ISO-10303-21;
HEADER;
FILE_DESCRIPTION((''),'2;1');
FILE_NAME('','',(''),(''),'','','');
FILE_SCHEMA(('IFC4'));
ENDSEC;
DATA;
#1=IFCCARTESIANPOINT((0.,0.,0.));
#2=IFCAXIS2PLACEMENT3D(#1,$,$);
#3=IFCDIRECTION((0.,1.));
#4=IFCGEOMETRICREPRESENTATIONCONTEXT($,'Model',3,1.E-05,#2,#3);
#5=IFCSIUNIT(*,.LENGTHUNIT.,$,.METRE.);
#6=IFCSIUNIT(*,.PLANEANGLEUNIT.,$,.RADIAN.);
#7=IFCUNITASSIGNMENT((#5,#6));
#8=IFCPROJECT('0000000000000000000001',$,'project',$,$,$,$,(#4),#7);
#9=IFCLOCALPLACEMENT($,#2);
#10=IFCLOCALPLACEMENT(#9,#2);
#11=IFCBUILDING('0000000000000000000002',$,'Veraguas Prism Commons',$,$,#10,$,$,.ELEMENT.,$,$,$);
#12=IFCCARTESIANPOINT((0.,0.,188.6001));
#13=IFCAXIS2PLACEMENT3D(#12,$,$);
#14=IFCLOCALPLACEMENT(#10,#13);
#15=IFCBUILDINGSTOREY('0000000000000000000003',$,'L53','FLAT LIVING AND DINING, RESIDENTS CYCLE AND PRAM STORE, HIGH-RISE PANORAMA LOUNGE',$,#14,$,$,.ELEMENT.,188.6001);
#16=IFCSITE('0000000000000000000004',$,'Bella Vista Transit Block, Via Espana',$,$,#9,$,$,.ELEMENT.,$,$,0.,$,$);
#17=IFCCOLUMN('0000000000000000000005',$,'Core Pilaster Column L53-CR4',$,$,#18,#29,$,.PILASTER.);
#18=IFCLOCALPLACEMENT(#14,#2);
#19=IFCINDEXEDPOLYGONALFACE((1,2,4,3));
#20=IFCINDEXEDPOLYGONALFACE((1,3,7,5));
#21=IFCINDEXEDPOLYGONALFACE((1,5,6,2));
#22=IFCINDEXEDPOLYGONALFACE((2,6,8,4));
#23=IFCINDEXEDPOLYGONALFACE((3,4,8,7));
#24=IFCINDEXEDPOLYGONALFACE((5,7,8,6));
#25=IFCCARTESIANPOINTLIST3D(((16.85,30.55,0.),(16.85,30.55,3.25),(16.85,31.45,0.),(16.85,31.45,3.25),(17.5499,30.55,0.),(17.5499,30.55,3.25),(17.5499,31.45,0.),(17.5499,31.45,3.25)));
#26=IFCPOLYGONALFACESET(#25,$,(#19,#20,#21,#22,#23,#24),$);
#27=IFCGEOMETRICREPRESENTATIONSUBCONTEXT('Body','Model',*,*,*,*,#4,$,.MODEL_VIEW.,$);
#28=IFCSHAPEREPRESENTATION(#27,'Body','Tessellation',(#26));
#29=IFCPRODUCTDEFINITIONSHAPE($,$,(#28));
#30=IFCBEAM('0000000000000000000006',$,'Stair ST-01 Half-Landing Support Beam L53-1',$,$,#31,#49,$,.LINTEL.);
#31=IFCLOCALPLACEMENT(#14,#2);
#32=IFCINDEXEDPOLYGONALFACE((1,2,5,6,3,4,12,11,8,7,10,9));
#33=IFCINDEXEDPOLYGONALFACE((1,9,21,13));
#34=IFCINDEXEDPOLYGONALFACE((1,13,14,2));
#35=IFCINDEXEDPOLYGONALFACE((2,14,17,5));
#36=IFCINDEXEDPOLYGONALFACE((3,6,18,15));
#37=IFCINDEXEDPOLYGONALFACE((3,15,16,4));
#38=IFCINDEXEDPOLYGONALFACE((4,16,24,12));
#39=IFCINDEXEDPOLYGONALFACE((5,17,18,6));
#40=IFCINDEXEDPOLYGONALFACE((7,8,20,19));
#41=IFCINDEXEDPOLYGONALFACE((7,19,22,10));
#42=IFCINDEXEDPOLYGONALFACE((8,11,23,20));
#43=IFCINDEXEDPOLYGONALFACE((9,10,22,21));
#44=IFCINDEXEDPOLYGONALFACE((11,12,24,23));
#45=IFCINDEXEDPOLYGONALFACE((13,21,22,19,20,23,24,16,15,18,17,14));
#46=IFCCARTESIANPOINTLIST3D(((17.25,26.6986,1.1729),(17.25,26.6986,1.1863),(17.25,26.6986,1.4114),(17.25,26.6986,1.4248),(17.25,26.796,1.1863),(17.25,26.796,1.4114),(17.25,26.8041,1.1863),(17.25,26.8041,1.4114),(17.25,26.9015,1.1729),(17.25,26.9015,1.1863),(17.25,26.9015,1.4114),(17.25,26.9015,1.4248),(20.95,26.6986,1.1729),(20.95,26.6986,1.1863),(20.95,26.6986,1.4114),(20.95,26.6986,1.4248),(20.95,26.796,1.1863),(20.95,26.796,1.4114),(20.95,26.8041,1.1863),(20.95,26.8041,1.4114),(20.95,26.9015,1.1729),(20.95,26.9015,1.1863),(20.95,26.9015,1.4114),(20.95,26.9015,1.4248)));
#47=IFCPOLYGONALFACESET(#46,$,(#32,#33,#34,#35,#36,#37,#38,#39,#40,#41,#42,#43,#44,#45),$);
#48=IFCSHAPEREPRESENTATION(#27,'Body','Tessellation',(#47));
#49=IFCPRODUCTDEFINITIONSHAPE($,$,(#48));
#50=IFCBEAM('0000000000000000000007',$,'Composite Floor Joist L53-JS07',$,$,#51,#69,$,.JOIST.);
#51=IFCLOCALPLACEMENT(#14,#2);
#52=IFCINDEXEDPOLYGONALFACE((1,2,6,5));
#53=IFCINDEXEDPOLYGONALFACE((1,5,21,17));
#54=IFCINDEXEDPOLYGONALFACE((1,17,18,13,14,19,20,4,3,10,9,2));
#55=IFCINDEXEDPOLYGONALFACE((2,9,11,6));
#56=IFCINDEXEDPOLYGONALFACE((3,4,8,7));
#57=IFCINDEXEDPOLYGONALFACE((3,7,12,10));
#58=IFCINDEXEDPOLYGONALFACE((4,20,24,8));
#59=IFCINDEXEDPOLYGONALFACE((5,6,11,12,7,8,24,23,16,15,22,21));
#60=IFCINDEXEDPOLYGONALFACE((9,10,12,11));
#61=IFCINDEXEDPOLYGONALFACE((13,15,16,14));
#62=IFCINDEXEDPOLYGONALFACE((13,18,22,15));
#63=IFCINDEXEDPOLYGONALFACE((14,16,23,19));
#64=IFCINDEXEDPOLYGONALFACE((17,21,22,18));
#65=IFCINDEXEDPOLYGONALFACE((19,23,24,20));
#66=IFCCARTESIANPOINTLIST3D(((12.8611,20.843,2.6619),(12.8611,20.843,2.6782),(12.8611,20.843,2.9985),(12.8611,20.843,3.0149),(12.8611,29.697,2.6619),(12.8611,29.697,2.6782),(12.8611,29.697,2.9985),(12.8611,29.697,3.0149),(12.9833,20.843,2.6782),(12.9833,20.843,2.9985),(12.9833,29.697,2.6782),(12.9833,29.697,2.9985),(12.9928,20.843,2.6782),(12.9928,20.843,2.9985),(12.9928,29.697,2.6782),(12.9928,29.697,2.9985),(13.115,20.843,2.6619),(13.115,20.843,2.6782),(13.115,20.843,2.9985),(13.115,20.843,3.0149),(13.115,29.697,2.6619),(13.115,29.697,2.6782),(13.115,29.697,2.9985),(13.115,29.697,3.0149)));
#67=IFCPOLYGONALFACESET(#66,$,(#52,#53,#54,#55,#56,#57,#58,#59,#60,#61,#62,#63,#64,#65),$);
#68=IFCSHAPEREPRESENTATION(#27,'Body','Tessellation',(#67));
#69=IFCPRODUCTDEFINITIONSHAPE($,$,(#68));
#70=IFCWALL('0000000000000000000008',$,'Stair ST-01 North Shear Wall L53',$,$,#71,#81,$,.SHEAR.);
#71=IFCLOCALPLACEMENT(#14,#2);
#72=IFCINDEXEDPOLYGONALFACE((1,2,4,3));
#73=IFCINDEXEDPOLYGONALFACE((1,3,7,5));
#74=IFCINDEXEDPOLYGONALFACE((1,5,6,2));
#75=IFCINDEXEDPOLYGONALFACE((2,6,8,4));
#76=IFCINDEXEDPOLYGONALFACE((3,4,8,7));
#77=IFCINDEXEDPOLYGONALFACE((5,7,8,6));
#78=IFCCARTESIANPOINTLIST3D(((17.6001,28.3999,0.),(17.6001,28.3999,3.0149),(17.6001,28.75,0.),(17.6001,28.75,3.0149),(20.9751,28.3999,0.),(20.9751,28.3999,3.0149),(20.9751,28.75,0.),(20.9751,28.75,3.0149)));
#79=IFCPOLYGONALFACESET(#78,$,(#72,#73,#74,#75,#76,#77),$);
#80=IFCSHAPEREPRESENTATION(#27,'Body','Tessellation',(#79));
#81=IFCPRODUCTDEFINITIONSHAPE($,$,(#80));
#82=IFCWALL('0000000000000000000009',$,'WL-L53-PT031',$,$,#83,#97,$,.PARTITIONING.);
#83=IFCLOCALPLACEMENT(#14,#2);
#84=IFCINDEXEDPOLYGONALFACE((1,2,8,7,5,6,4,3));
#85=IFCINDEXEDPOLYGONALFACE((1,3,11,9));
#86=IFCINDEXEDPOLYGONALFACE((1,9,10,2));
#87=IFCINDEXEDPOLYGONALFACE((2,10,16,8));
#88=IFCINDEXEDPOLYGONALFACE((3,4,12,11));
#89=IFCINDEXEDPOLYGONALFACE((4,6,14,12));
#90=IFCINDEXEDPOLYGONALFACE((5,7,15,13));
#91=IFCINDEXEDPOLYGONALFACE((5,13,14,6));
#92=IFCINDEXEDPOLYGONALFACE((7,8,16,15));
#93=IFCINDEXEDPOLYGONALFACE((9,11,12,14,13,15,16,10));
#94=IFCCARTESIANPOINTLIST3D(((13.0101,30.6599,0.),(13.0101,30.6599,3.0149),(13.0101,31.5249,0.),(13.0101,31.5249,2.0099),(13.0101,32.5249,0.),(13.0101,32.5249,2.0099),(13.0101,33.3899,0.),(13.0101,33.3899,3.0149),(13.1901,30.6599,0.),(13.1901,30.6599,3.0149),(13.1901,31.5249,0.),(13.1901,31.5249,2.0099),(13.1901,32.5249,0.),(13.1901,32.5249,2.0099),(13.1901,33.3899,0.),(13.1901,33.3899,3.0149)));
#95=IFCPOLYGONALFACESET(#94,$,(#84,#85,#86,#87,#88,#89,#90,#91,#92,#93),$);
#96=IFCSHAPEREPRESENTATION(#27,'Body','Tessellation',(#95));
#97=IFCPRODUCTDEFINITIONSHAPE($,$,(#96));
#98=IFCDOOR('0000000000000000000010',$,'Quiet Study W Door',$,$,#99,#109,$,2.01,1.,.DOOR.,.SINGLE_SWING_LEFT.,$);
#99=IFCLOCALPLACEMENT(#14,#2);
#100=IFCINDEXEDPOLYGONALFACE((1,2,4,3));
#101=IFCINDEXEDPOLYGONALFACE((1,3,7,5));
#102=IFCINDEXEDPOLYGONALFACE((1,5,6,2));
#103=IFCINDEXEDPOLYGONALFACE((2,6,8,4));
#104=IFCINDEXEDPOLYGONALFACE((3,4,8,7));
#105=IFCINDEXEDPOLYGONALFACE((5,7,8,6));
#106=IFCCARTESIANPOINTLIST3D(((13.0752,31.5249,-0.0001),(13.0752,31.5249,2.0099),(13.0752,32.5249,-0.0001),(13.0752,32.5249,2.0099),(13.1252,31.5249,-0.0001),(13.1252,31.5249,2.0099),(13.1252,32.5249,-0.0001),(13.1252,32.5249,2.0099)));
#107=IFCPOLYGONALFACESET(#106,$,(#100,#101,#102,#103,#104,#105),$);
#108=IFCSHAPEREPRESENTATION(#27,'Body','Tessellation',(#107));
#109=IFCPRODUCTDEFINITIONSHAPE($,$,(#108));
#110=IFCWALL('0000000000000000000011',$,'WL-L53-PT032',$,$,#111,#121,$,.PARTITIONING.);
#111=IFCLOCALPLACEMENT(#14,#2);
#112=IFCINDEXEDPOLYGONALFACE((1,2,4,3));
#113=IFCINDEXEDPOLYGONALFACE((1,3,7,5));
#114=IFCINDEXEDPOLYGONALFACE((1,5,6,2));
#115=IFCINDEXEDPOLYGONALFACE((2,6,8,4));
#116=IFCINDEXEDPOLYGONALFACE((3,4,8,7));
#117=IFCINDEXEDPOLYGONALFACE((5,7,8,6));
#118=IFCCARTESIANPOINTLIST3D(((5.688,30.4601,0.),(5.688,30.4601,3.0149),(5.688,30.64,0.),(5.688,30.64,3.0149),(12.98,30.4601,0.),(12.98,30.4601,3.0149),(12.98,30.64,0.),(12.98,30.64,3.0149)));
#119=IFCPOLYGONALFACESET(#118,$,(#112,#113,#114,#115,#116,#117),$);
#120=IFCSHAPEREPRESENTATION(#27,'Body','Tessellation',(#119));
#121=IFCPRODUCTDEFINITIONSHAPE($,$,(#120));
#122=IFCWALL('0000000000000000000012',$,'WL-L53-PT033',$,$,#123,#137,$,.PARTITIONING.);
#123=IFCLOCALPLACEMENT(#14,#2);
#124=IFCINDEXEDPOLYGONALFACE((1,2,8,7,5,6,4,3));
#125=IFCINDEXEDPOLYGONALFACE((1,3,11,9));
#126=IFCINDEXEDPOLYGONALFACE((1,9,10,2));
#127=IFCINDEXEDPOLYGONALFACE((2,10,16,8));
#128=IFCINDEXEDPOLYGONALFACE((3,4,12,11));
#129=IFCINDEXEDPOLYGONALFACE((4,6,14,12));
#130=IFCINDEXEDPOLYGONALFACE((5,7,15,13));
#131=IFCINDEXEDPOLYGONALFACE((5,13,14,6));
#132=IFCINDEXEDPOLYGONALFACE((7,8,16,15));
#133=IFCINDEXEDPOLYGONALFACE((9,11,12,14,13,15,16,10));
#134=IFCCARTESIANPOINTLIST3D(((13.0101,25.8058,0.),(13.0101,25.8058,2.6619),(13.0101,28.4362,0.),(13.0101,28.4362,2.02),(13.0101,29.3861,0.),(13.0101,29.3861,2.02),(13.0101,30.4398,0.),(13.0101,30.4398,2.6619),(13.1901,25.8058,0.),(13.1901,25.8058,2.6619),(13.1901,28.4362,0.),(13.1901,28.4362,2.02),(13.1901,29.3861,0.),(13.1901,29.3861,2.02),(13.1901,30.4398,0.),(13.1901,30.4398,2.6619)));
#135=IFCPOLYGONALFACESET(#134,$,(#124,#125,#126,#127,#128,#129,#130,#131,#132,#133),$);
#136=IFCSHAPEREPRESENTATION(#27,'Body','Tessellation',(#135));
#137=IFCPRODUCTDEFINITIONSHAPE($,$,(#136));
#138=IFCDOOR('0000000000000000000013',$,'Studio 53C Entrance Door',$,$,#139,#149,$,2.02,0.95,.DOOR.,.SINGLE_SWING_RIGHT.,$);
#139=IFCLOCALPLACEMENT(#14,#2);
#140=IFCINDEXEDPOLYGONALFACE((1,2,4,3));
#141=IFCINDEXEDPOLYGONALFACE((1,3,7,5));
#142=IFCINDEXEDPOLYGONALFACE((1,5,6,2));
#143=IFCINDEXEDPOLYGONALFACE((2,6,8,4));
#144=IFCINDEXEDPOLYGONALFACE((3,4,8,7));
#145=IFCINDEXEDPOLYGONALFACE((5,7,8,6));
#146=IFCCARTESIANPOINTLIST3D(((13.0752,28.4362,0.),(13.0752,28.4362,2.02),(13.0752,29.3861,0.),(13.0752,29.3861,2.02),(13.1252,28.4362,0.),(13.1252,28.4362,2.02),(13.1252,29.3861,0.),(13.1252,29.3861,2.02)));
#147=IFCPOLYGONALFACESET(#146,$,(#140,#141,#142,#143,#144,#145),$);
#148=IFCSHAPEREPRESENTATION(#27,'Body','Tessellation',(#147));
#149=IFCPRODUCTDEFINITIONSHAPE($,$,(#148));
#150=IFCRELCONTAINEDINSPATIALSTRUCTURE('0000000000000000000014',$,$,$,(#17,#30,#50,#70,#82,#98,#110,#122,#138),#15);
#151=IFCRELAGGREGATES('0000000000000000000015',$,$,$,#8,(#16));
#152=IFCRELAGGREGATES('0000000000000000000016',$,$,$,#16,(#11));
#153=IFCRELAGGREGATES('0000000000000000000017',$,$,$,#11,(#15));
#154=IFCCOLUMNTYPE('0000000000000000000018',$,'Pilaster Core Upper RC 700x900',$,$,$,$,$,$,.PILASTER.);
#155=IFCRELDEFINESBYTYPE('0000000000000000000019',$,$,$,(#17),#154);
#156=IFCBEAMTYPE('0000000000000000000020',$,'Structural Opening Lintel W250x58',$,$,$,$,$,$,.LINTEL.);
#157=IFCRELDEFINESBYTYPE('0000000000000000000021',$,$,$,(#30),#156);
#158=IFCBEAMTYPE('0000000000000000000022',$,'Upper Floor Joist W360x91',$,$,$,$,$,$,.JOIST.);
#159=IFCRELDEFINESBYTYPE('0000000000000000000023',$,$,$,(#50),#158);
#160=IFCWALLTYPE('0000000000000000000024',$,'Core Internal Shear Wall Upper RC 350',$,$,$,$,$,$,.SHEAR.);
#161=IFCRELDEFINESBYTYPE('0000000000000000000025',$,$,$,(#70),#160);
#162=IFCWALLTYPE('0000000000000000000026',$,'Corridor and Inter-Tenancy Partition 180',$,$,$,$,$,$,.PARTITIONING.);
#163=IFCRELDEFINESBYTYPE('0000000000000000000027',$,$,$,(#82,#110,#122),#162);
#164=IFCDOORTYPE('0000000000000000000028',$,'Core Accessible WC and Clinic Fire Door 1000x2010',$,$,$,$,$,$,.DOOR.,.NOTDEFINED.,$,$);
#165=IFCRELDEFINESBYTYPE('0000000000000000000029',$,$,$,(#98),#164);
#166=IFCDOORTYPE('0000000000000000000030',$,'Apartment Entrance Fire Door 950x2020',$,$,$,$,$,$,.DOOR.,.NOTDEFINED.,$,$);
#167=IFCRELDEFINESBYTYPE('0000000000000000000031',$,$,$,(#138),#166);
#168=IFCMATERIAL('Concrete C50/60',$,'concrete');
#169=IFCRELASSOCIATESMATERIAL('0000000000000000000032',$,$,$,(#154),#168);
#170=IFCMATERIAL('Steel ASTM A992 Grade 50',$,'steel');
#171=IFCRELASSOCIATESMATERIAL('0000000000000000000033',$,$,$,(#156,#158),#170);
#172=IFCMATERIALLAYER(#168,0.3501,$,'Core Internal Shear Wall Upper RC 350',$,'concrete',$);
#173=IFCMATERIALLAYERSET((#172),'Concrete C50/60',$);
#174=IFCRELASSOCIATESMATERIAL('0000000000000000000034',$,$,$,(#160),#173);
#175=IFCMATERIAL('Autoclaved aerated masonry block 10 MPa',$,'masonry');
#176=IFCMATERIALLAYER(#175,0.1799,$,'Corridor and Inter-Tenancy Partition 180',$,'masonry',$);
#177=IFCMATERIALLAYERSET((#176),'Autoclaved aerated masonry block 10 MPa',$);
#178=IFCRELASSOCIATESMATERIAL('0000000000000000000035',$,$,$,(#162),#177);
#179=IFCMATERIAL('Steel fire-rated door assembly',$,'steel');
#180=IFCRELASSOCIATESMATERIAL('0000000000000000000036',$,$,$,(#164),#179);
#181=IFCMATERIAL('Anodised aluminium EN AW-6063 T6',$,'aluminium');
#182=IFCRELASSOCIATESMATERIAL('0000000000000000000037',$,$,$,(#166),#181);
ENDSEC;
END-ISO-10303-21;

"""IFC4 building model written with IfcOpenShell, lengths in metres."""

from ifc_helpers import new_model, si_unit, direction, frame, frame_2d, origin, origin_2d, place, context, subcontext, project, spatial, rectangle, i_section, extrude, source, transform, mapped, material, layer, layer_set, material_profile, profile_set, type_object, element, fill, save


model = new_model("IFC4")

# Units and contexts
model_context = context("Model", 3, precision=1e-05, world=origin(), true_north=direction((0.0, 1.0)))
body_context = subcontext(model_context, "Body", "Model", "MODEL_VIEW")
ifc_project = project(units=[si_unit("LENGTHUNIT", "METRE"), si_unit("PLANEANGLEUNIT", "RADIAN")], contexts=[model_context])

# Site, building, storey
site_placement = place(None, origin())
site = spatial("IfcSite", under=ifc_project, at=site_placement, Name="Bella Vista Transit Block, Via Espana", CompositionType="ELEMENT", RefElevation=0.0)
building_placement = place(site_placement, origin())
building = spatial("IfcBuilding", under=site, at=building_placement, Name="Veraguas Prism Commons", CompositionType="ELEMENT")
storey_placement = place(building_placement, frame((0.0, 0.0, 188.6001)))
storey = spatial("IfcBuildingStorey", under=building, at=storey_placement, Name="L53", Description="FLAT LIVING AND DINING, RESIDENTS CYCLE AND PRAM STORE, HIGH-RISE PANORAMA LOUNGE", CompositionType="ELEMENT", Elevation=188.6001)

# Column
ifc_material_1 = material(Name="Concrete C50/60", Category="concrete")
ifc_material_profile_1 = material_profile(ifc_material_1, rectangle(XDim=0.7, YDim=0.8999, at=origin_2d()), Name="RC700X900")
ifc_profile_set_1 = profile_set([ifc_material_profile_1], Name="Concrete C50/60")
column_type = type_object("IfcColumnType", Name="Pilaster Core Upper RC 700x900", PredefinedType="PILASTER", material=ifc_profile_set_1)
column_placement = place(storey_placement, frame((17.2, 31.0, 0.0), z_axis=(0.0, 0.0, 1.0), x_axis=(1.0, 0.0, 0.0)))
element("IfcColumn", 1, at=column_placement, inside=storey, type_object=column_type, Name="Core Pilaster Column L53-CR4", PredefinedType="PILASTER", context=body_context, shape_type="SweptSolid", body=[
    extrude(rectangle(XDim=0.7, YDim=0.8999, at=origin_2d()), origin(), (0.0, 0.0, 1.0), 3.25),
])

# Beams
ifc_material_2 = material(Name="Steel ASTM A992 Grade 50", Category="steel")
ifc_material_profile_2 = material_profile(ifc_material_2, i_section(OverallWidth=0.2029, OverallDepth=0.252, WebThickness=0.0081, FlangeThickness=0.0134, at=origin_2d()), Name="W250X58")
ifc_profile_set_2 = profile_set([ifc_material_profile_2], Name="Steel ASTM A992 Grade 50")
beam_type_1 = type_object("IfcBeamType", Name="Structural Opening Lintel W250x58", PredefinedType="LINTEL", material=ifc_profile_set_2)
beam_1_placement = place(storey_placement, frame((17.25, 26.8, 1.2988), z_axis=(1.0, 0.0, 0.0), x_axis=(0.0, 1.0, 0.0)))
element("IfcBeam", 2, at=beam_1_placement, inside=storey, type_object=beam_type_1, Name="Stair ST-01 Half-Landing Support Beam L53-1", PredefinedType="LINTEL", context=body_context, shape_type="SweptSolid", body=[
    extrude(i_section(OverallWidth=0.2029, OverallDepth=0.252, WebThickness=0.0081, FlangeThickness=0.0134, at=origin_2d()), origin(), (0.0, 0.0, 1.0), 3.7),
])
ifc_material_profile_3 = material_profile(ifc_material_2, i_section(OverallWidth=0.2539, OverallDepth=0.353, WebThickness=0.0095, FlangeThickness=0.0164, at=origin_2d()), Name="W360X91")
ifc_profile_set_3 = profile_set([ifc_material_profile_3], Name="Steel ASTM A992 Grade 50")
beam_type_2 = type_object("IfcBeamType", Name="Upper Floor Joist W360x91", PredefinedType="JOIST", material=ifc_profile_set_3)
beam_2_placement = place(storey_placement, frame((12.988, 29.697, 2.8384), z_axis=(0.0, -1.0, 0.0), x_axis=(1.0, 0.0, 0.0)))
element("IfcBeam", 3, at=beam_2_placement, inside=storey, type_object=beam_type_2, Name="Composite Floor Joist L53-JS07", PredefinedType="JOIST", context=body_context, shape_type="SweptSolid", body=[
    extrude(i_section(OverallWidth=0.2539, OverallDepth=0.353, WebThickness=0.0095, FlangeThickness=0.0164, at=origin_2d()), origin(), (0.0, 0.0, 1.0), 8.854),
])

# Wall
ifc_layer_1 = layer(ifc_material_1, 0.3501, Name="Core Internal Shear Wall Upper RC 350", Category="concrete")
ifc_layer_set_1 = layer_set([ifc_layer_1], Name="Concrete C50/60")
wall_type_1 = type_object("IfcWallType", Name="Core Internal Shear Wall Upper RC 350", PredefinedType="SHEAR", material=ifc_layer_set_1)
wall_1_placement = place(storey_placement, frame((17.6001, 28.575, 0.0), z_axis=(0.0, 0.0, 1.0), x_axis=(1.0, 0.0, 0.0)))
element("IfcWall", 4, at=wall_1_placement, inside=storey, type_object=wall_type_1, Name="Stair ST-01 North Shear Wall L53", PredefinedType="SHEAR", context=body_context, shape_type="SweptSolid", body=[
    extrude(rectangle(XDim=3.375, YDim=0.3501, at=frame_2d((1.6875, 0.0))), origin(), (0.0, 0.0, 1.0), 3.0149),
])

# Wall, opening, door
ifc_material_3 = material(Name="Autoclaved aerated masonry block 10 MPa", Category="masonry")
ifc_layer_2 = layer(ifc_material_3, 0.1799, Name="Corridor and Inter-Tenancy Partition 180", Category="masonry")
ifc_layer_set_2 = layer_set([ifc_layer_2], Name="Autoclaved aerated masonry block 10 MPa")
wall_type_2 = type_object("IfcWallType", Name="Corridor and Inter-Tenancy Partition 180", PredefinedType="PARTITIONING", material=ifc_layer_set_2)
wall_2_placement = place(storey_placement, frame((13.1001, 30.6599, 0.0), z_axis=(0.0, 0.0, 1.0), x_axis=(0.0, 1.0, 0.0)))
wall_2 = element("IfcWall", 5, at=wall_2_placement, inside=storey, type_object=wall_type_2, Name="WL-L53-PT031", PredefinedType="PARTITIONING", context=body_context, shape_type="SweptSolid", body=[
    extrude(rectangle(XDim=2.73, YDim=0.1799, at=frame_2d((1.365, 0.0))), origin(), (0.0, 0.0, 1.0), 3.0149),
])
opening_1_placement = place(wall_2_placement, frame((0.865, 0.0, 0.0)))
opening_1 = element("IfcOpeningElement", 6, at=opening_1_placement, cuts=wall_2, PredefinedType="OPENING", context=body_context, shape_type="SweptSolid", body=[
    extrude(rectangle(XDim=1.0, YDim=2.01, at=frame_2d((0.5, 1.0049))), frame((0.0, 0.0999, 0.0), z_axis=(0.0, -1.0, 0.0), x_axis=(1.0, 0.0, 0.0)), (0.0, 0.0, 1.0), 0.2),
])
ifc_material_4 = material(Name="Steel fire-rated door assembly", Category="steel")
door_type_1 = type_object("IfcDoorType", Name="Core Accessible WC and Clinic Fire Door 1000x2010", OperationType="NOTDEFINED", PredefinedType="DOOR", material=ifc_material_4)
shared_shape_1 = source(origin(), body_context, "Body", "SweptSolid", [
    extrude(rectangle(XDim=1.0, YDim=2.01, at=frame_2d((0.5, 1.0049))), frame((0.0, 0.0249, 0.0), z_axis=(0.0, -1.0, 0.0), x_axis=(1.0, 0.0, 0.0)), (0.0, 0.0, 1.0), 0.05),
])
door_1_placement = place(opening_1_placement, origin())
door_1 = element("IfcDoor", 7, at=door_1_placement, inside=storey, type_object=door_type_1, Name="Quiet Study W Door", OperationType="SINGLE_SWING_LEFT", OverallHeight=2.01, OverallWidth=1.0, PredefinedType="DOOR", context=body_context, shape_type="MappedRepresentation", body=[
    mapped(shared_shape_1, transform((0.0, 0.0, 0.0), scale=1.0)),
])
fill(opening_1, door_1)

# Wall
wall_3_placement = place(storey_placement, frame((12.98, 30.55, 0.0), z_axis=(0.0, 0.0, 1.0), x_axis=(-1.0, 0.0, 0.0)))
element("IfcWall", 8, at=wall_3_placement, inside=storey, type_object=wall_type_2, Name="WL-L53-PT032", PredefinedType="PARTITIONING", context=body_context, shape_type="SweptSolid", body=[
    extrude(rectangle(XDim=7.292, YDim=0.1799, at=frame_2d((3.646, 0.0))), origin(), (0.0, 0.0, 1.0), 3.0149),
])

# Wall, opening, door
wall_4_placement = place(storey_placement, frame((13.1001, 25.8059, 0.0), z_axis=(0.0, 0.0, 1.0), x_axis=(0.0, 1.0, 0.0)))
wall_4 = element("IfcWall", 9, at=wall_4_placement, inside=storey, type_object=wall_type_2, Name="WL-L53-PT033", PredefinedType="PARTITIONING", context=body_context, shape_type="SweptSolid", body=[
    extrude(rectangle(XDim=4.634, YDim=0.1799, at=frame_2d((2.3169, 0.0))), origin(), (0.0, 0.0, 1.0), 2.6619),
])
opening_2_placement = place(wall_4_placement, frame((2.6301, 0.0, 0.0)))
opening_2 = element("IfcOpeningElement", 10, at=opening_2_placement, cuts=wall_4, PredefinedType="OPENING", context=body_context, shape_type="SweptSolid", body=[
    extrude(rectangle(XDim=0.95, YDim=2.02, at=frame_2d((0.4751, 1.01))), frame((0.0, 0.0999, 0.0), z_axis=(0.0, -1.0, 0.0), x_axis=(1.0, 0.0, 0.0)), (0.0, 0.0, 1.0), 0.2),
])
ifc_material_5 = material(Name="Anodised aluminium EN AW-6063 T6", Category="aluminium")
door_type_2 = type_object("IfcDoorType", Name="Apartment Entrance Fire Door 950x2020", OperationType="NOTDEFINED", PredefinedType="DOOR", material=ifc_material_5)
shared_shape_2 = source(origin(), body_context, "Body", "SweptSolid", [
    extrude(rectangle(XDim=0.95, YDim=2.02, at=frame_2d((0.4751, 1.01))), frame((0.0, 0.0249, 0.0), z_axis=(0.0, -1.0, 0.0), x_axis=(1.0, 0.0, 0.0)), (0.0, 0.0, 1.0), 0.05),
])
door_2_placement = place(opening_2_placement, origin())
door_2 = element("IfcDoor", 11, at=door_2_placement, inside=storey, type_object=door_type_2, Name="Studio 53C Entrance Door", OperationType="SINGLE_SWING_RIGHT", OverallHeight=2.02, OverallWidth=0.95, PredefinedType="DOOR", context=body_context, shape_type="MappedRepresentation", body=[
    mapped(shared_shape_2, transform((0.0, 0.0, 0.0), scale=1.0)),
])
fill(opening_2, door_2)

save(model, "model.ifc")
